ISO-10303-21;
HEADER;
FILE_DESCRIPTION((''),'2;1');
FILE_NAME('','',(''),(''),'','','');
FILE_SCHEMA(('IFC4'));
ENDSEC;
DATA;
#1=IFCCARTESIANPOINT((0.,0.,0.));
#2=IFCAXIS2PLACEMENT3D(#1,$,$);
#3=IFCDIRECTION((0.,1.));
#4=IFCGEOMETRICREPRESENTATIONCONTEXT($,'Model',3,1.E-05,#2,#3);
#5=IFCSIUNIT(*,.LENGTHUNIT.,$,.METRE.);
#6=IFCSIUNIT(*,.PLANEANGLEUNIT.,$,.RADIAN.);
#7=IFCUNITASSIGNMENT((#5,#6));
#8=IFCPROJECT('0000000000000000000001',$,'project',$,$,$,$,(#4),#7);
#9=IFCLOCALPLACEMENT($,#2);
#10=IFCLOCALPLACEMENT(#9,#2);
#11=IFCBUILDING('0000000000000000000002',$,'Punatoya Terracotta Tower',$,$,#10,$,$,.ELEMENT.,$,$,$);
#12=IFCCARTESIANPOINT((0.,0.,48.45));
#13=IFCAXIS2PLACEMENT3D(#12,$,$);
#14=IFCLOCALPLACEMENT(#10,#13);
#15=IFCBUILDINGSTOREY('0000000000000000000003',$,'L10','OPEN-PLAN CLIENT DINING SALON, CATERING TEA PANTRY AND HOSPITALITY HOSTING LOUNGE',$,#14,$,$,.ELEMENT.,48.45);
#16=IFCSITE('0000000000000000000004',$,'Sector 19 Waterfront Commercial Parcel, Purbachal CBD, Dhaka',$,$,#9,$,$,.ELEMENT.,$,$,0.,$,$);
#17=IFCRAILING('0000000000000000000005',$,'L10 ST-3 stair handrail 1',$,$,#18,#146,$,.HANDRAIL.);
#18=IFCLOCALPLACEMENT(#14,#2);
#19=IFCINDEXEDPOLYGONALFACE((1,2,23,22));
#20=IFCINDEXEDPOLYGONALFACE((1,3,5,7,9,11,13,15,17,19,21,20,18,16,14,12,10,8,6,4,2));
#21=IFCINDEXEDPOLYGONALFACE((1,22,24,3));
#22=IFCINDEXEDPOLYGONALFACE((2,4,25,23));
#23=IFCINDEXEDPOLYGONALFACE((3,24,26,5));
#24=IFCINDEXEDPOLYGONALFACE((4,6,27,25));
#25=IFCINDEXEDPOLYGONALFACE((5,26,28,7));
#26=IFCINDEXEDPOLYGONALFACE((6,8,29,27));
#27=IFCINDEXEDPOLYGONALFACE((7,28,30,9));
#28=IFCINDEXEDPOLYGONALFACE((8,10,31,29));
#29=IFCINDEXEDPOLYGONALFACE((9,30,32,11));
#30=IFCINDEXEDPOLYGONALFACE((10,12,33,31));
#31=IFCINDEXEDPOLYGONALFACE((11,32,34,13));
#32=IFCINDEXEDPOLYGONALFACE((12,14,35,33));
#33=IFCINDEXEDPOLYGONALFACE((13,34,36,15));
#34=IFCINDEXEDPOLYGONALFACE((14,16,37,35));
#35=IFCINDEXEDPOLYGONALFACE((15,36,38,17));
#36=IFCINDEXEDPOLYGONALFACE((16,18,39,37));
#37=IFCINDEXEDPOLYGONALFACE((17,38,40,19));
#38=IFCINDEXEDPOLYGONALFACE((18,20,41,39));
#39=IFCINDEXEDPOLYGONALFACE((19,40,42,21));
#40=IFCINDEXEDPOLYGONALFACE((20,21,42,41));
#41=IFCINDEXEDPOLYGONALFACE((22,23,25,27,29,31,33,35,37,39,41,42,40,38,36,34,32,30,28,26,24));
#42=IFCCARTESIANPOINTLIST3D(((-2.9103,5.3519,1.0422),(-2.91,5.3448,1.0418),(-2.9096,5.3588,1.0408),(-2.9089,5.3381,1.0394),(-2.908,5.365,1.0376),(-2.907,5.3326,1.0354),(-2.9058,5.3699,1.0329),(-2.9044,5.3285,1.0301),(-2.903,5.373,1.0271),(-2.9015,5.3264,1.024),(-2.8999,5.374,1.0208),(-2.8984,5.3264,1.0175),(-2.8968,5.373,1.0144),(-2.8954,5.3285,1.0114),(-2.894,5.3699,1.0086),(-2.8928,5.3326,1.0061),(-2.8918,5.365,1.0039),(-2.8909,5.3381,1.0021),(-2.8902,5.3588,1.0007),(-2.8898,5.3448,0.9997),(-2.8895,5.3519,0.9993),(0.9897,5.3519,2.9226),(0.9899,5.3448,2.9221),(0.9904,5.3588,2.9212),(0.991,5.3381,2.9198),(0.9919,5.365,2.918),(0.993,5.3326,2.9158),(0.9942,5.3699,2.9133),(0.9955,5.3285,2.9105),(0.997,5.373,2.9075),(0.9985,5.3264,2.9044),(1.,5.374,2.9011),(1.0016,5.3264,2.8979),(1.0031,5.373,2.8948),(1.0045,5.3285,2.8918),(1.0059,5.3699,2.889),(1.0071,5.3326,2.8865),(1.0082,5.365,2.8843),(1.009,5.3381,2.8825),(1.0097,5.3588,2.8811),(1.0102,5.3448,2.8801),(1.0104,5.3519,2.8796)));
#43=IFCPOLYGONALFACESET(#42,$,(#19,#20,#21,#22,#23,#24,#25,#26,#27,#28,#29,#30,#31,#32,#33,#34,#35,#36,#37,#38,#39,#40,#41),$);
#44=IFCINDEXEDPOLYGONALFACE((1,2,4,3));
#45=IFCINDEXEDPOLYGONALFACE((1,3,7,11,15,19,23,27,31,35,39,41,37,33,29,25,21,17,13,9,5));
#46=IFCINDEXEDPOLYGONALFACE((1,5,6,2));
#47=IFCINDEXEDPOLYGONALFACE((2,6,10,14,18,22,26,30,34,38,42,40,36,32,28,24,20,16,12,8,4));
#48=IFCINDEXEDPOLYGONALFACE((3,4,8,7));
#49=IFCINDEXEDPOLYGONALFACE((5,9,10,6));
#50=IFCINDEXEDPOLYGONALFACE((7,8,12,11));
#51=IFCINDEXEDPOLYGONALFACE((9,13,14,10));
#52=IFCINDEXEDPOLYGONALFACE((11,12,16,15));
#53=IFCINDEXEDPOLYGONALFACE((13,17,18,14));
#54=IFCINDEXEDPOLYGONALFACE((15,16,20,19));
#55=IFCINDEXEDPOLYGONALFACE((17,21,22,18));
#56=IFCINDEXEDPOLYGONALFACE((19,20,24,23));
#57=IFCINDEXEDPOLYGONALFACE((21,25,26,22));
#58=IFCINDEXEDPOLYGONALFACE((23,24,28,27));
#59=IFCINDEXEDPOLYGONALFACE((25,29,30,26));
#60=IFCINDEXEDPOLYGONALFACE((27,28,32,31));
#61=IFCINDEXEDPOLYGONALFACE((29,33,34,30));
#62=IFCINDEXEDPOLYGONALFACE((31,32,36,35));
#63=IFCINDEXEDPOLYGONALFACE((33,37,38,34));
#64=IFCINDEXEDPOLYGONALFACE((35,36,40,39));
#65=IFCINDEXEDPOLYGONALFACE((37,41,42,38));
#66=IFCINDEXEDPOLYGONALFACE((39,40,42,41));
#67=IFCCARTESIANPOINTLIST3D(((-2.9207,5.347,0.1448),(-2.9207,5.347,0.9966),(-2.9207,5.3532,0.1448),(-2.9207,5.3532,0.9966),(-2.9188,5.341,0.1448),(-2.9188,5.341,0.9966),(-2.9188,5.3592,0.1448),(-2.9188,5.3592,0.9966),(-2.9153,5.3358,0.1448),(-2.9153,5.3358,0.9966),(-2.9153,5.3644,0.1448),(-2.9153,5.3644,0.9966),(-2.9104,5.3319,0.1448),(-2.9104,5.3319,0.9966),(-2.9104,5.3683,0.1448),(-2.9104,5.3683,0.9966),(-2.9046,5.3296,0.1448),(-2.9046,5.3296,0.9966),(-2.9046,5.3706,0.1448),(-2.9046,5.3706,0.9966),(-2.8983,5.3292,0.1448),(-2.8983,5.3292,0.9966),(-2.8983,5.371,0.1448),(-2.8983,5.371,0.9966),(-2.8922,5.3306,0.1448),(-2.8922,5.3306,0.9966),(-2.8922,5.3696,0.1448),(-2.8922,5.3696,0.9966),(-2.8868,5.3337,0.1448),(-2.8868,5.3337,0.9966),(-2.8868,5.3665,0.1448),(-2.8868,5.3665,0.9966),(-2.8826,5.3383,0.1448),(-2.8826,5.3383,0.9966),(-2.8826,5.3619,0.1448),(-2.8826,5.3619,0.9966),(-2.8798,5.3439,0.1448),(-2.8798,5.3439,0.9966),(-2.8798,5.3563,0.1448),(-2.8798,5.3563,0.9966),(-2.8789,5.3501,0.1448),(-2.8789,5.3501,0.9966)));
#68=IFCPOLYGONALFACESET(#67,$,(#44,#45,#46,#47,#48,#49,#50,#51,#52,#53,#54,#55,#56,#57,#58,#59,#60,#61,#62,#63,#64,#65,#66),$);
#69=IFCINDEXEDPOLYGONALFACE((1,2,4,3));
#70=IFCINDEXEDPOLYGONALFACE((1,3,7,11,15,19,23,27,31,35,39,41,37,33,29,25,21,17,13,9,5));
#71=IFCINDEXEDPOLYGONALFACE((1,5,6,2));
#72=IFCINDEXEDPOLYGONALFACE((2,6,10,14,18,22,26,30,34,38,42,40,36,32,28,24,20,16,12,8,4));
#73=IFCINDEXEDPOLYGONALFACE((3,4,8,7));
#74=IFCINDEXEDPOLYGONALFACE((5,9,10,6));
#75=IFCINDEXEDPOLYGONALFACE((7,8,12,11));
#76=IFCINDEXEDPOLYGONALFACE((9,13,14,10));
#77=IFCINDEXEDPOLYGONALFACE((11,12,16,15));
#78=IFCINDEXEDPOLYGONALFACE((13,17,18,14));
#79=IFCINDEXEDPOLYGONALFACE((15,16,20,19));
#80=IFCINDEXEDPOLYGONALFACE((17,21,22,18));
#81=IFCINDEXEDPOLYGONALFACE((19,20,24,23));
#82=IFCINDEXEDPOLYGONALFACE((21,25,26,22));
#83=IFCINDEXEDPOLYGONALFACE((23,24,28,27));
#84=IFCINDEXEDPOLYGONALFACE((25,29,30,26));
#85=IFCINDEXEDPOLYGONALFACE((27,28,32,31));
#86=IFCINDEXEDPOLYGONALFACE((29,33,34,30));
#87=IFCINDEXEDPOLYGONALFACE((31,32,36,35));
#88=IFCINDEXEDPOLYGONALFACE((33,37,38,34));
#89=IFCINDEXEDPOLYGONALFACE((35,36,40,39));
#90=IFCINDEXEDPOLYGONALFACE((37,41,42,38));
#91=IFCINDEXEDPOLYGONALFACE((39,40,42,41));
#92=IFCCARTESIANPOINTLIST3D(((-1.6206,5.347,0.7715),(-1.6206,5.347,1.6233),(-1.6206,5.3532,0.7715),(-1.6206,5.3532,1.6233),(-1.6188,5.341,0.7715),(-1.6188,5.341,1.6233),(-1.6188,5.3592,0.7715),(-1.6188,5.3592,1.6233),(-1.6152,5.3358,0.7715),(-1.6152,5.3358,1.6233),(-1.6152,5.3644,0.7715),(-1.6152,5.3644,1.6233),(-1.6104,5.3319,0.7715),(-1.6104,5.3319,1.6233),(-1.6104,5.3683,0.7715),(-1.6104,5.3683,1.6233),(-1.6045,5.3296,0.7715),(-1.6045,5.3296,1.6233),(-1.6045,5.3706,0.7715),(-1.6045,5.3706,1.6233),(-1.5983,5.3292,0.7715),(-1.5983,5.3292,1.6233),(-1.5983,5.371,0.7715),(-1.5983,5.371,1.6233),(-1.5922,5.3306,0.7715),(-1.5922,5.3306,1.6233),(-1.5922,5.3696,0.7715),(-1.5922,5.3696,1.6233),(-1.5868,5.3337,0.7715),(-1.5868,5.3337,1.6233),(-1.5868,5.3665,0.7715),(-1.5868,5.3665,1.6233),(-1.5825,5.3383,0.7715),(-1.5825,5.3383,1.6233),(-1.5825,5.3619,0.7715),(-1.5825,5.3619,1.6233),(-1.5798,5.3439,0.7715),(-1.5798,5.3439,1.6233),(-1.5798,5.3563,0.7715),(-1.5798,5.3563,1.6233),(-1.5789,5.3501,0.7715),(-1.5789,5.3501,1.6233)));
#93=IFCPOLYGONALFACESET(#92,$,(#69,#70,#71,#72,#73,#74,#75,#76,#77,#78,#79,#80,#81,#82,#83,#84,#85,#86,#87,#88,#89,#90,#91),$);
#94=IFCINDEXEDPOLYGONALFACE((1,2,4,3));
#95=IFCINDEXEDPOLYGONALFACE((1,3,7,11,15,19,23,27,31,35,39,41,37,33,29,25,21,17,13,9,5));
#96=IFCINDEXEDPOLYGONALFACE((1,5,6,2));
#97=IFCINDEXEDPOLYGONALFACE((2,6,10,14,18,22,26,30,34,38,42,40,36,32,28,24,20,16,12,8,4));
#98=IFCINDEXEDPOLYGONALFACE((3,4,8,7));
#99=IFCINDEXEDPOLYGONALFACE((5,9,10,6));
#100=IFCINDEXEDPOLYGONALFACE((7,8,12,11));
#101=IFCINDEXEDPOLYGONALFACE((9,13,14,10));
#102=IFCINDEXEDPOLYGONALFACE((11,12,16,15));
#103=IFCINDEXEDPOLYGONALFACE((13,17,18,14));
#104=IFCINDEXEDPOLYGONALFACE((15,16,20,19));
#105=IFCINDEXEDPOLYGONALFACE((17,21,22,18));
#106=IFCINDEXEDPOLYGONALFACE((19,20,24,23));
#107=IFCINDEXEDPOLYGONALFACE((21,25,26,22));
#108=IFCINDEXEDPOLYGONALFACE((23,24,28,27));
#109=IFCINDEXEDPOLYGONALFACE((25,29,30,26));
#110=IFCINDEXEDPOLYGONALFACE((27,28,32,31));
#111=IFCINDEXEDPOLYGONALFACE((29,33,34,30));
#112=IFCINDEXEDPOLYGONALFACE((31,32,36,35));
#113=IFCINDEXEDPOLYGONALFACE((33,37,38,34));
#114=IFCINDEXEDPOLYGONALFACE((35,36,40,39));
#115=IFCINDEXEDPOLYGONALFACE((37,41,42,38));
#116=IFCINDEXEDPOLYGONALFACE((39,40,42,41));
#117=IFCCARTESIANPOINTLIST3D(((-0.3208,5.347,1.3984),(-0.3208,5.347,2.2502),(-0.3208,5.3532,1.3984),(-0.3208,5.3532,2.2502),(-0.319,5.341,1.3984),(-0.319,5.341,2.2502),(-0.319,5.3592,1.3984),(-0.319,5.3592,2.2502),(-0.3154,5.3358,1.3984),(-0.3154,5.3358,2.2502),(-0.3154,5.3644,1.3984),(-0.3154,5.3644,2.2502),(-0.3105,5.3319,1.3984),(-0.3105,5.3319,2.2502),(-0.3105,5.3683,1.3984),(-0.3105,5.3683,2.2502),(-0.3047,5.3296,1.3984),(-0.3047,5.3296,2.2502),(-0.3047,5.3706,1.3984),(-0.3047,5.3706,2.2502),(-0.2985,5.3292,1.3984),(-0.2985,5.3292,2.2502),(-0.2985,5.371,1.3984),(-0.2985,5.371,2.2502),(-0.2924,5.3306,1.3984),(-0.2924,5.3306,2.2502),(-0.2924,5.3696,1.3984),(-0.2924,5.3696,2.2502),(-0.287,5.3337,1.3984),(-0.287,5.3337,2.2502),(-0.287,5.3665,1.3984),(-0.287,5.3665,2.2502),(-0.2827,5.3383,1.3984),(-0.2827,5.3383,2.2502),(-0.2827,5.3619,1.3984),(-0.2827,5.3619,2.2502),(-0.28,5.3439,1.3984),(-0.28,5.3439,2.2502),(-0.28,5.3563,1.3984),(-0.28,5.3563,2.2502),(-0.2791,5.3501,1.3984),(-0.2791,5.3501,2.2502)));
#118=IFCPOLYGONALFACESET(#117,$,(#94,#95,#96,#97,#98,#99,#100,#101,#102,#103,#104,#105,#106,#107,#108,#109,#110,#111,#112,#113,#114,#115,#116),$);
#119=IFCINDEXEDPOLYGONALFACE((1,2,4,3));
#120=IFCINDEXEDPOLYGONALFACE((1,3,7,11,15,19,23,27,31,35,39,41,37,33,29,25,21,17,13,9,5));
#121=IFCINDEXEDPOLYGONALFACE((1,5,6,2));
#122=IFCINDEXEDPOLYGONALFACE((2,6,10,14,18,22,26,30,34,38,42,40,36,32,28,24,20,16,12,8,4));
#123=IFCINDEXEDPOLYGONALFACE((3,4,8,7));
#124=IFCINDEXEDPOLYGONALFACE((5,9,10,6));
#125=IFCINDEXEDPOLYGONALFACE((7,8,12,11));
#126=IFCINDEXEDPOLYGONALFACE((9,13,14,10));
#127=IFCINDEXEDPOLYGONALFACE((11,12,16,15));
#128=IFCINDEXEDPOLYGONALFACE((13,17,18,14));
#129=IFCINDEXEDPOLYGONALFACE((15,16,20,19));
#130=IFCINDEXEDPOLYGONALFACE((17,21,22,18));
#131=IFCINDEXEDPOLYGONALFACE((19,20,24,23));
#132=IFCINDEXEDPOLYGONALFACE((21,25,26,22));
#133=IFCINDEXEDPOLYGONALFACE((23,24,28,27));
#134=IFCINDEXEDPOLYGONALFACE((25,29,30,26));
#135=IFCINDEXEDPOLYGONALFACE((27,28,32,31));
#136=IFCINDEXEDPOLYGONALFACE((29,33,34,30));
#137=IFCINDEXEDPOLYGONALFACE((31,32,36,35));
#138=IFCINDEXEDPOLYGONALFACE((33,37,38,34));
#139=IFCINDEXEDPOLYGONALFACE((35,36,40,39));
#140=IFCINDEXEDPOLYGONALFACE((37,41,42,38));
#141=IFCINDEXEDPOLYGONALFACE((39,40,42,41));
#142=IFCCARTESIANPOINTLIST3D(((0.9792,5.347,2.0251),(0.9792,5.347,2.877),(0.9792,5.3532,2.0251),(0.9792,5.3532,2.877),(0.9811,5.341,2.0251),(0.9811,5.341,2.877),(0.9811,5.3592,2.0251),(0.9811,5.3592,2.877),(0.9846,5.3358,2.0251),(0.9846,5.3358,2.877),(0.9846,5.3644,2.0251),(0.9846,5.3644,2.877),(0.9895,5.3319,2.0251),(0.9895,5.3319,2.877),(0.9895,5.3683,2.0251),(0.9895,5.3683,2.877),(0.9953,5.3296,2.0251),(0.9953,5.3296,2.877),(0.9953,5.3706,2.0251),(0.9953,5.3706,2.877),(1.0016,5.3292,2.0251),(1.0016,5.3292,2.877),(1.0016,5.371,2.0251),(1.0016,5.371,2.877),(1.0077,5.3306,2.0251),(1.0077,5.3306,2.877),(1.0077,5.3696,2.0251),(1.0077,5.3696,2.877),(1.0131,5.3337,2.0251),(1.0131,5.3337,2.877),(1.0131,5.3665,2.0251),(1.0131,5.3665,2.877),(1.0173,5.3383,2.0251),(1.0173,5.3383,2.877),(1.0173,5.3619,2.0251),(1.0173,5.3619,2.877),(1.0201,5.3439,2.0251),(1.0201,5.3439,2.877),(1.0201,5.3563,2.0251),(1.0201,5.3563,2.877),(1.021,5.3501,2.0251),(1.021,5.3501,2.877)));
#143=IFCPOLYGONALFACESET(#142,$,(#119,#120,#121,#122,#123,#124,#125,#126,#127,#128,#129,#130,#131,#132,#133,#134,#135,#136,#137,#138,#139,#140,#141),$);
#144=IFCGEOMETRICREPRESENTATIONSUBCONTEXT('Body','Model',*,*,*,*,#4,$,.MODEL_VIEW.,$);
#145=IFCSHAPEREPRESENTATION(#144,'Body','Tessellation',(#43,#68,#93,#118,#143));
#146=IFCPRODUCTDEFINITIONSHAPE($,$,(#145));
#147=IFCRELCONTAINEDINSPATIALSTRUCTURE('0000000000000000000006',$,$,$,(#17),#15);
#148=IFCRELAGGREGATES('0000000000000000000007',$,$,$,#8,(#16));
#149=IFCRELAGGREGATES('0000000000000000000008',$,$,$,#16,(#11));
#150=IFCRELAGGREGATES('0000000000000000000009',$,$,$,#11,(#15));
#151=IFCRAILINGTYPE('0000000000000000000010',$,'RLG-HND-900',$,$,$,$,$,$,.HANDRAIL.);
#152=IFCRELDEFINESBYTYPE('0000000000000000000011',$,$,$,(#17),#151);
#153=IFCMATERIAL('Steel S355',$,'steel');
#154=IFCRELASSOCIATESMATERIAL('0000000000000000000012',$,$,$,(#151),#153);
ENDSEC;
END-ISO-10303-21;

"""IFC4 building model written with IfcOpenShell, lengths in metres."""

from ifc_helpers import new_model, si_unit, direction, frame, origin, origin_2d, place, context, subcontext, project, spatial, circle, extrude, material, type_object, element, save


model = new_model("IFC4")

# Units and contexts
model_context = context("Model", 3, precision=1e-05, world=origin(), true_north=direction((0.0, 1.0)))
body_context = subcontext(model_context, "Body", "Model", "MODEL_VIEW")
ifc_project = project(units=[si_unit("LENGTHUNIT", "METRE"), si_unit("PLANEANGLEUNIT", "RADIAN")], contexts=[model_context])

# Site, building, storey
site_placement = place(None, origin())
site = spatial("IfcSite", under=ifc_project, at=site_placement, Name="Sector 19 Waterfront Commercial Parcel, Purbachal CBD, Dhaka", CompositionType="ELEMENT", RefElevation=0.0)
building_placement = place(site_placement, origin())
building = spatial("IfcBuilding", under=site, at=building_placement, Name="Punatoya Terracotta Tower", CompositionType="ELEMENT")
storey_placement = place(building_placement, frame((0.0, 0.0, 48.45)))
storey = spatial("IfcBuildingStorey", under=building, at=storey_placement, Name="L10", Description="OPEN-PLAN CLIENT DINING SALON, CATERING TEA PANTRY AND HOSPITALITY HOSTING LOUNGE", CompositionType="ELEMENT", Elevation=48.45)

# Shared definitions
ifc_material_1 = material(Name="Steel S355", Category="steel")

# Railing
railing_type_1 = type_object("IfcRailingType", Name="RLG-HND-900", PredefinedType="HANDRAIL", material=ifc_material_1)
railing_1_placement = place(storey_placement, frame((-2.8999, 5.3501, 0.1448)))
element("IfcRailing", 1, at=railing_1_placement, inside=storey, type_object=railing_type_1, Name="L10 ST-3 stair handrail 1", PredefinedType="HANDRAIL", context=body_context, shape_type="SweptSolid", body=[
    extrude(circle(Radius=0.0239, at=origin_2d()), frame((0.0, 0.0, 0.876), z_axis=(0.900763, 0.0, 0.434311), x_axis=(0.0, 1.0, 0.0)), (0.0, 0.0, 1.0), 4.3296),
    extrude(circle(Radius=0.021, at=origin_2d()), origin(), (0.0, 0.0, 1.0), 0.8518),
    extrude(circle(Radius=0.021, at=origin_2d()), frame((1.3, 0.0, 0.6267)), (0.0, 0.0, 1.0), 0.8518),
    extrude(circle(Radius=0.021, at=origin_2d()), frame((2.5999, 0.0, 1.2537)), (0.0, 0.0, 1.0), 0.8518),
    extrude(circle(Radius=0.021, at=origin_2d()), frame((3.8999, 0.0, 1.8804)), (0.0, 0.0, 1.0), 0.8518),
])

save(model, "model.ifc")
